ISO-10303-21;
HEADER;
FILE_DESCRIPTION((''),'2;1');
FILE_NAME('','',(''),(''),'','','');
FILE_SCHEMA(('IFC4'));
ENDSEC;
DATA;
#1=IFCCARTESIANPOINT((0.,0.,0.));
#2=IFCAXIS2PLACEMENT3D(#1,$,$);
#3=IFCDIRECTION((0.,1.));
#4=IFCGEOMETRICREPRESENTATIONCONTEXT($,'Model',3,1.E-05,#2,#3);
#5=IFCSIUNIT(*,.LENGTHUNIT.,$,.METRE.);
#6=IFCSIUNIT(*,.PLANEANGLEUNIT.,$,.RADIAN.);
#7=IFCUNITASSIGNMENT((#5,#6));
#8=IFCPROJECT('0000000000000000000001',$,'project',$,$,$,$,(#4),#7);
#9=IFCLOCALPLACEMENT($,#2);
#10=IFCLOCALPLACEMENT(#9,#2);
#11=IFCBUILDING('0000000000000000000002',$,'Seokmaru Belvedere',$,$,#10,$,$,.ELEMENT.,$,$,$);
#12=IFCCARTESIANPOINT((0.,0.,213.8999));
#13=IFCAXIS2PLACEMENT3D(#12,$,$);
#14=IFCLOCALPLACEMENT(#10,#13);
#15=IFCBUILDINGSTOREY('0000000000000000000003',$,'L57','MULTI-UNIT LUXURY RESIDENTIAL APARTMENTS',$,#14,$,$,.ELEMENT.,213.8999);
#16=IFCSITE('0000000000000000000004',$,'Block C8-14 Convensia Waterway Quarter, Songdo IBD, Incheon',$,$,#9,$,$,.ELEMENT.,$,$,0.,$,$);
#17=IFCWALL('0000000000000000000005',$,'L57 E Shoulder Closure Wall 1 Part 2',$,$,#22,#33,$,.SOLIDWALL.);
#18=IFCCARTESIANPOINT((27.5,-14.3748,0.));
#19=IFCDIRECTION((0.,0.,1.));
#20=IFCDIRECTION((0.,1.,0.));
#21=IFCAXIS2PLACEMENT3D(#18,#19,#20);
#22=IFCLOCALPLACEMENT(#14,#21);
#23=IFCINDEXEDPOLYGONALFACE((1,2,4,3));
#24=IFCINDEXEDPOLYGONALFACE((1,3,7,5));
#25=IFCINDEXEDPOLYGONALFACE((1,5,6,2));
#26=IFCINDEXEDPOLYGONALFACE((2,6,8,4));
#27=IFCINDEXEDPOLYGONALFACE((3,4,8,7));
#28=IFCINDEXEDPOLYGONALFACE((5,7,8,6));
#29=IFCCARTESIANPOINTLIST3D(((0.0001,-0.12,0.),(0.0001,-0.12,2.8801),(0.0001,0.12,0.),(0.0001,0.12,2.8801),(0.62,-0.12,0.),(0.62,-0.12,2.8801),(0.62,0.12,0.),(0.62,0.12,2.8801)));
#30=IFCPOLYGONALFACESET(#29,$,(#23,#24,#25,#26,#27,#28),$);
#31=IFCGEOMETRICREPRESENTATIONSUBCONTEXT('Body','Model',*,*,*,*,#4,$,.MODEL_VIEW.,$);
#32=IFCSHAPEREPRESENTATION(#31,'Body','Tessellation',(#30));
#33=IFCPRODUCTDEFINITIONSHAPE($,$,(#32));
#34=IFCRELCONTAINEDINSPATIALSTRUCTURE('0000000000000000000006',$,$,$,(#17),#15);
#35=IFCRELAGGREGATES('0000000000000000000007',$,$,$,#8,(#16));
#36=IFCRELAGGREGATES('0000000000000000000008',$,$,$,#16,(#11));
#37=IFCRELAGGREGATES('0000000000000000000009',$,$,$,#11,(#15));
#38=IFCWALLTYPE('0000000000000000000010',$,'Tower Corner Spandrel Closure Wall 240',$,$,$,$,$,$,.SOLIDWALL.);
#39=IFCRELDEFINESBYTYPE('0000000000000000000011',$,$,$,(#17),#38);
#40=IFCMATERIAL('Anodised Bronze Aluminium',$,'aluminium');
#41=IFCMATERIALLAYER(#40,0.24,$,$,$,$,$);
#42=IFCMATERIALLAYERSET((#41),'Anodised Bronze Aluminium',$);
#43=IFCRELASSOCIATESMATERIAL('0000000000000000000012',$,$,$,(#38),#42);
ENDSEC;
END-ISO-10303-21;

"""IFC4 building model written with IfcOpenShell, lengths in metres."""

from ifc_helpers import new_model, si_unit, direction, frame, frame_2d, origin, place, context, subcontext, project, spatial, rectangle, extrude, material, layer, layer_set, type_object, element, save


model = new_model("IFC4")

# Units and contexts
model_context = context("Model", 3, precision=1e-05, world=origin(), true_north=direction((0.0, 1.0)))
body_context = subcontext(model_context, "Body", "Model", "MODEL_VIEW")
ifc_project = project(units=[si_unit("LENGTHUNIT", "METRE"), si_unit("PLANEANGLEUNIT", "RADIAN")], contexts=[model_context])

# Site, building, storey
site_placement = place(None, origin())
site = spatial("IfcSite", under=ifc_project, at=site_placement, Name="Block C8-14 Convensia Waterway Quarter, Songdo IBD, Incheon", CompositionType="ELEMENT", RefElevation=0.0)
building_placement = place(site_placement, origin())
building = spatial("IfcBuilding", under=site, at=building_placement, Name="Seokmaru Belvedere", CompositionType="ELEMENT")
storey_placement = place(building_placement, frame((0.0, 0.0, 213.8999)))
storey = spatial("IfcBuildingStorey", under=building, at=storey_placement, Name="L57", Description="MULTI-UNIT LUXURY RESIDENTIAL APARTMENTS", CompositionType="ELEMENT", Elevation=213.8999)

# Shared definitions
ifc_material_1 = material(Name="Anodised Bronze Aluminium", Category="aluminium")

# Wall
ifc_layer_1 = layer(ifc_material_1, 0.24)
ifc_layer_set_1 = layer_set([ifc_layer_1], Name="Anodised Bronze Aluminium")
wall_type_1 = type_object("IfcWallType", Name="Tower Corner Spandrel Closure Wall 240", PredefinedType="SOLIDWALL", material=ifc_layer_set_1)
wall_1_placement = place(storey_placement, frame((27.5, -14.3748, 0.0), z_axis=(0.0, 0.0, 1.0), x_axis=(0.0, 1.0, 0.0)))
element("IfcWall", 1, at=wall_1_placement, inside=storey, type_object=wall_type_1, Name="L57 E Shoulder Closure Wall 1 Part 2", PredefinedType="SOLIDWALL", context=body_context, shape_type="SweptSolid", body=[
    extrude(rectangle(XDim=0.6199, YDim=0.24, at=frame_2d((0.3101, 0.0))), origin(), (0.0, 0.0, 1.0), 2.8801),
])

save(model, "model.ifc")
